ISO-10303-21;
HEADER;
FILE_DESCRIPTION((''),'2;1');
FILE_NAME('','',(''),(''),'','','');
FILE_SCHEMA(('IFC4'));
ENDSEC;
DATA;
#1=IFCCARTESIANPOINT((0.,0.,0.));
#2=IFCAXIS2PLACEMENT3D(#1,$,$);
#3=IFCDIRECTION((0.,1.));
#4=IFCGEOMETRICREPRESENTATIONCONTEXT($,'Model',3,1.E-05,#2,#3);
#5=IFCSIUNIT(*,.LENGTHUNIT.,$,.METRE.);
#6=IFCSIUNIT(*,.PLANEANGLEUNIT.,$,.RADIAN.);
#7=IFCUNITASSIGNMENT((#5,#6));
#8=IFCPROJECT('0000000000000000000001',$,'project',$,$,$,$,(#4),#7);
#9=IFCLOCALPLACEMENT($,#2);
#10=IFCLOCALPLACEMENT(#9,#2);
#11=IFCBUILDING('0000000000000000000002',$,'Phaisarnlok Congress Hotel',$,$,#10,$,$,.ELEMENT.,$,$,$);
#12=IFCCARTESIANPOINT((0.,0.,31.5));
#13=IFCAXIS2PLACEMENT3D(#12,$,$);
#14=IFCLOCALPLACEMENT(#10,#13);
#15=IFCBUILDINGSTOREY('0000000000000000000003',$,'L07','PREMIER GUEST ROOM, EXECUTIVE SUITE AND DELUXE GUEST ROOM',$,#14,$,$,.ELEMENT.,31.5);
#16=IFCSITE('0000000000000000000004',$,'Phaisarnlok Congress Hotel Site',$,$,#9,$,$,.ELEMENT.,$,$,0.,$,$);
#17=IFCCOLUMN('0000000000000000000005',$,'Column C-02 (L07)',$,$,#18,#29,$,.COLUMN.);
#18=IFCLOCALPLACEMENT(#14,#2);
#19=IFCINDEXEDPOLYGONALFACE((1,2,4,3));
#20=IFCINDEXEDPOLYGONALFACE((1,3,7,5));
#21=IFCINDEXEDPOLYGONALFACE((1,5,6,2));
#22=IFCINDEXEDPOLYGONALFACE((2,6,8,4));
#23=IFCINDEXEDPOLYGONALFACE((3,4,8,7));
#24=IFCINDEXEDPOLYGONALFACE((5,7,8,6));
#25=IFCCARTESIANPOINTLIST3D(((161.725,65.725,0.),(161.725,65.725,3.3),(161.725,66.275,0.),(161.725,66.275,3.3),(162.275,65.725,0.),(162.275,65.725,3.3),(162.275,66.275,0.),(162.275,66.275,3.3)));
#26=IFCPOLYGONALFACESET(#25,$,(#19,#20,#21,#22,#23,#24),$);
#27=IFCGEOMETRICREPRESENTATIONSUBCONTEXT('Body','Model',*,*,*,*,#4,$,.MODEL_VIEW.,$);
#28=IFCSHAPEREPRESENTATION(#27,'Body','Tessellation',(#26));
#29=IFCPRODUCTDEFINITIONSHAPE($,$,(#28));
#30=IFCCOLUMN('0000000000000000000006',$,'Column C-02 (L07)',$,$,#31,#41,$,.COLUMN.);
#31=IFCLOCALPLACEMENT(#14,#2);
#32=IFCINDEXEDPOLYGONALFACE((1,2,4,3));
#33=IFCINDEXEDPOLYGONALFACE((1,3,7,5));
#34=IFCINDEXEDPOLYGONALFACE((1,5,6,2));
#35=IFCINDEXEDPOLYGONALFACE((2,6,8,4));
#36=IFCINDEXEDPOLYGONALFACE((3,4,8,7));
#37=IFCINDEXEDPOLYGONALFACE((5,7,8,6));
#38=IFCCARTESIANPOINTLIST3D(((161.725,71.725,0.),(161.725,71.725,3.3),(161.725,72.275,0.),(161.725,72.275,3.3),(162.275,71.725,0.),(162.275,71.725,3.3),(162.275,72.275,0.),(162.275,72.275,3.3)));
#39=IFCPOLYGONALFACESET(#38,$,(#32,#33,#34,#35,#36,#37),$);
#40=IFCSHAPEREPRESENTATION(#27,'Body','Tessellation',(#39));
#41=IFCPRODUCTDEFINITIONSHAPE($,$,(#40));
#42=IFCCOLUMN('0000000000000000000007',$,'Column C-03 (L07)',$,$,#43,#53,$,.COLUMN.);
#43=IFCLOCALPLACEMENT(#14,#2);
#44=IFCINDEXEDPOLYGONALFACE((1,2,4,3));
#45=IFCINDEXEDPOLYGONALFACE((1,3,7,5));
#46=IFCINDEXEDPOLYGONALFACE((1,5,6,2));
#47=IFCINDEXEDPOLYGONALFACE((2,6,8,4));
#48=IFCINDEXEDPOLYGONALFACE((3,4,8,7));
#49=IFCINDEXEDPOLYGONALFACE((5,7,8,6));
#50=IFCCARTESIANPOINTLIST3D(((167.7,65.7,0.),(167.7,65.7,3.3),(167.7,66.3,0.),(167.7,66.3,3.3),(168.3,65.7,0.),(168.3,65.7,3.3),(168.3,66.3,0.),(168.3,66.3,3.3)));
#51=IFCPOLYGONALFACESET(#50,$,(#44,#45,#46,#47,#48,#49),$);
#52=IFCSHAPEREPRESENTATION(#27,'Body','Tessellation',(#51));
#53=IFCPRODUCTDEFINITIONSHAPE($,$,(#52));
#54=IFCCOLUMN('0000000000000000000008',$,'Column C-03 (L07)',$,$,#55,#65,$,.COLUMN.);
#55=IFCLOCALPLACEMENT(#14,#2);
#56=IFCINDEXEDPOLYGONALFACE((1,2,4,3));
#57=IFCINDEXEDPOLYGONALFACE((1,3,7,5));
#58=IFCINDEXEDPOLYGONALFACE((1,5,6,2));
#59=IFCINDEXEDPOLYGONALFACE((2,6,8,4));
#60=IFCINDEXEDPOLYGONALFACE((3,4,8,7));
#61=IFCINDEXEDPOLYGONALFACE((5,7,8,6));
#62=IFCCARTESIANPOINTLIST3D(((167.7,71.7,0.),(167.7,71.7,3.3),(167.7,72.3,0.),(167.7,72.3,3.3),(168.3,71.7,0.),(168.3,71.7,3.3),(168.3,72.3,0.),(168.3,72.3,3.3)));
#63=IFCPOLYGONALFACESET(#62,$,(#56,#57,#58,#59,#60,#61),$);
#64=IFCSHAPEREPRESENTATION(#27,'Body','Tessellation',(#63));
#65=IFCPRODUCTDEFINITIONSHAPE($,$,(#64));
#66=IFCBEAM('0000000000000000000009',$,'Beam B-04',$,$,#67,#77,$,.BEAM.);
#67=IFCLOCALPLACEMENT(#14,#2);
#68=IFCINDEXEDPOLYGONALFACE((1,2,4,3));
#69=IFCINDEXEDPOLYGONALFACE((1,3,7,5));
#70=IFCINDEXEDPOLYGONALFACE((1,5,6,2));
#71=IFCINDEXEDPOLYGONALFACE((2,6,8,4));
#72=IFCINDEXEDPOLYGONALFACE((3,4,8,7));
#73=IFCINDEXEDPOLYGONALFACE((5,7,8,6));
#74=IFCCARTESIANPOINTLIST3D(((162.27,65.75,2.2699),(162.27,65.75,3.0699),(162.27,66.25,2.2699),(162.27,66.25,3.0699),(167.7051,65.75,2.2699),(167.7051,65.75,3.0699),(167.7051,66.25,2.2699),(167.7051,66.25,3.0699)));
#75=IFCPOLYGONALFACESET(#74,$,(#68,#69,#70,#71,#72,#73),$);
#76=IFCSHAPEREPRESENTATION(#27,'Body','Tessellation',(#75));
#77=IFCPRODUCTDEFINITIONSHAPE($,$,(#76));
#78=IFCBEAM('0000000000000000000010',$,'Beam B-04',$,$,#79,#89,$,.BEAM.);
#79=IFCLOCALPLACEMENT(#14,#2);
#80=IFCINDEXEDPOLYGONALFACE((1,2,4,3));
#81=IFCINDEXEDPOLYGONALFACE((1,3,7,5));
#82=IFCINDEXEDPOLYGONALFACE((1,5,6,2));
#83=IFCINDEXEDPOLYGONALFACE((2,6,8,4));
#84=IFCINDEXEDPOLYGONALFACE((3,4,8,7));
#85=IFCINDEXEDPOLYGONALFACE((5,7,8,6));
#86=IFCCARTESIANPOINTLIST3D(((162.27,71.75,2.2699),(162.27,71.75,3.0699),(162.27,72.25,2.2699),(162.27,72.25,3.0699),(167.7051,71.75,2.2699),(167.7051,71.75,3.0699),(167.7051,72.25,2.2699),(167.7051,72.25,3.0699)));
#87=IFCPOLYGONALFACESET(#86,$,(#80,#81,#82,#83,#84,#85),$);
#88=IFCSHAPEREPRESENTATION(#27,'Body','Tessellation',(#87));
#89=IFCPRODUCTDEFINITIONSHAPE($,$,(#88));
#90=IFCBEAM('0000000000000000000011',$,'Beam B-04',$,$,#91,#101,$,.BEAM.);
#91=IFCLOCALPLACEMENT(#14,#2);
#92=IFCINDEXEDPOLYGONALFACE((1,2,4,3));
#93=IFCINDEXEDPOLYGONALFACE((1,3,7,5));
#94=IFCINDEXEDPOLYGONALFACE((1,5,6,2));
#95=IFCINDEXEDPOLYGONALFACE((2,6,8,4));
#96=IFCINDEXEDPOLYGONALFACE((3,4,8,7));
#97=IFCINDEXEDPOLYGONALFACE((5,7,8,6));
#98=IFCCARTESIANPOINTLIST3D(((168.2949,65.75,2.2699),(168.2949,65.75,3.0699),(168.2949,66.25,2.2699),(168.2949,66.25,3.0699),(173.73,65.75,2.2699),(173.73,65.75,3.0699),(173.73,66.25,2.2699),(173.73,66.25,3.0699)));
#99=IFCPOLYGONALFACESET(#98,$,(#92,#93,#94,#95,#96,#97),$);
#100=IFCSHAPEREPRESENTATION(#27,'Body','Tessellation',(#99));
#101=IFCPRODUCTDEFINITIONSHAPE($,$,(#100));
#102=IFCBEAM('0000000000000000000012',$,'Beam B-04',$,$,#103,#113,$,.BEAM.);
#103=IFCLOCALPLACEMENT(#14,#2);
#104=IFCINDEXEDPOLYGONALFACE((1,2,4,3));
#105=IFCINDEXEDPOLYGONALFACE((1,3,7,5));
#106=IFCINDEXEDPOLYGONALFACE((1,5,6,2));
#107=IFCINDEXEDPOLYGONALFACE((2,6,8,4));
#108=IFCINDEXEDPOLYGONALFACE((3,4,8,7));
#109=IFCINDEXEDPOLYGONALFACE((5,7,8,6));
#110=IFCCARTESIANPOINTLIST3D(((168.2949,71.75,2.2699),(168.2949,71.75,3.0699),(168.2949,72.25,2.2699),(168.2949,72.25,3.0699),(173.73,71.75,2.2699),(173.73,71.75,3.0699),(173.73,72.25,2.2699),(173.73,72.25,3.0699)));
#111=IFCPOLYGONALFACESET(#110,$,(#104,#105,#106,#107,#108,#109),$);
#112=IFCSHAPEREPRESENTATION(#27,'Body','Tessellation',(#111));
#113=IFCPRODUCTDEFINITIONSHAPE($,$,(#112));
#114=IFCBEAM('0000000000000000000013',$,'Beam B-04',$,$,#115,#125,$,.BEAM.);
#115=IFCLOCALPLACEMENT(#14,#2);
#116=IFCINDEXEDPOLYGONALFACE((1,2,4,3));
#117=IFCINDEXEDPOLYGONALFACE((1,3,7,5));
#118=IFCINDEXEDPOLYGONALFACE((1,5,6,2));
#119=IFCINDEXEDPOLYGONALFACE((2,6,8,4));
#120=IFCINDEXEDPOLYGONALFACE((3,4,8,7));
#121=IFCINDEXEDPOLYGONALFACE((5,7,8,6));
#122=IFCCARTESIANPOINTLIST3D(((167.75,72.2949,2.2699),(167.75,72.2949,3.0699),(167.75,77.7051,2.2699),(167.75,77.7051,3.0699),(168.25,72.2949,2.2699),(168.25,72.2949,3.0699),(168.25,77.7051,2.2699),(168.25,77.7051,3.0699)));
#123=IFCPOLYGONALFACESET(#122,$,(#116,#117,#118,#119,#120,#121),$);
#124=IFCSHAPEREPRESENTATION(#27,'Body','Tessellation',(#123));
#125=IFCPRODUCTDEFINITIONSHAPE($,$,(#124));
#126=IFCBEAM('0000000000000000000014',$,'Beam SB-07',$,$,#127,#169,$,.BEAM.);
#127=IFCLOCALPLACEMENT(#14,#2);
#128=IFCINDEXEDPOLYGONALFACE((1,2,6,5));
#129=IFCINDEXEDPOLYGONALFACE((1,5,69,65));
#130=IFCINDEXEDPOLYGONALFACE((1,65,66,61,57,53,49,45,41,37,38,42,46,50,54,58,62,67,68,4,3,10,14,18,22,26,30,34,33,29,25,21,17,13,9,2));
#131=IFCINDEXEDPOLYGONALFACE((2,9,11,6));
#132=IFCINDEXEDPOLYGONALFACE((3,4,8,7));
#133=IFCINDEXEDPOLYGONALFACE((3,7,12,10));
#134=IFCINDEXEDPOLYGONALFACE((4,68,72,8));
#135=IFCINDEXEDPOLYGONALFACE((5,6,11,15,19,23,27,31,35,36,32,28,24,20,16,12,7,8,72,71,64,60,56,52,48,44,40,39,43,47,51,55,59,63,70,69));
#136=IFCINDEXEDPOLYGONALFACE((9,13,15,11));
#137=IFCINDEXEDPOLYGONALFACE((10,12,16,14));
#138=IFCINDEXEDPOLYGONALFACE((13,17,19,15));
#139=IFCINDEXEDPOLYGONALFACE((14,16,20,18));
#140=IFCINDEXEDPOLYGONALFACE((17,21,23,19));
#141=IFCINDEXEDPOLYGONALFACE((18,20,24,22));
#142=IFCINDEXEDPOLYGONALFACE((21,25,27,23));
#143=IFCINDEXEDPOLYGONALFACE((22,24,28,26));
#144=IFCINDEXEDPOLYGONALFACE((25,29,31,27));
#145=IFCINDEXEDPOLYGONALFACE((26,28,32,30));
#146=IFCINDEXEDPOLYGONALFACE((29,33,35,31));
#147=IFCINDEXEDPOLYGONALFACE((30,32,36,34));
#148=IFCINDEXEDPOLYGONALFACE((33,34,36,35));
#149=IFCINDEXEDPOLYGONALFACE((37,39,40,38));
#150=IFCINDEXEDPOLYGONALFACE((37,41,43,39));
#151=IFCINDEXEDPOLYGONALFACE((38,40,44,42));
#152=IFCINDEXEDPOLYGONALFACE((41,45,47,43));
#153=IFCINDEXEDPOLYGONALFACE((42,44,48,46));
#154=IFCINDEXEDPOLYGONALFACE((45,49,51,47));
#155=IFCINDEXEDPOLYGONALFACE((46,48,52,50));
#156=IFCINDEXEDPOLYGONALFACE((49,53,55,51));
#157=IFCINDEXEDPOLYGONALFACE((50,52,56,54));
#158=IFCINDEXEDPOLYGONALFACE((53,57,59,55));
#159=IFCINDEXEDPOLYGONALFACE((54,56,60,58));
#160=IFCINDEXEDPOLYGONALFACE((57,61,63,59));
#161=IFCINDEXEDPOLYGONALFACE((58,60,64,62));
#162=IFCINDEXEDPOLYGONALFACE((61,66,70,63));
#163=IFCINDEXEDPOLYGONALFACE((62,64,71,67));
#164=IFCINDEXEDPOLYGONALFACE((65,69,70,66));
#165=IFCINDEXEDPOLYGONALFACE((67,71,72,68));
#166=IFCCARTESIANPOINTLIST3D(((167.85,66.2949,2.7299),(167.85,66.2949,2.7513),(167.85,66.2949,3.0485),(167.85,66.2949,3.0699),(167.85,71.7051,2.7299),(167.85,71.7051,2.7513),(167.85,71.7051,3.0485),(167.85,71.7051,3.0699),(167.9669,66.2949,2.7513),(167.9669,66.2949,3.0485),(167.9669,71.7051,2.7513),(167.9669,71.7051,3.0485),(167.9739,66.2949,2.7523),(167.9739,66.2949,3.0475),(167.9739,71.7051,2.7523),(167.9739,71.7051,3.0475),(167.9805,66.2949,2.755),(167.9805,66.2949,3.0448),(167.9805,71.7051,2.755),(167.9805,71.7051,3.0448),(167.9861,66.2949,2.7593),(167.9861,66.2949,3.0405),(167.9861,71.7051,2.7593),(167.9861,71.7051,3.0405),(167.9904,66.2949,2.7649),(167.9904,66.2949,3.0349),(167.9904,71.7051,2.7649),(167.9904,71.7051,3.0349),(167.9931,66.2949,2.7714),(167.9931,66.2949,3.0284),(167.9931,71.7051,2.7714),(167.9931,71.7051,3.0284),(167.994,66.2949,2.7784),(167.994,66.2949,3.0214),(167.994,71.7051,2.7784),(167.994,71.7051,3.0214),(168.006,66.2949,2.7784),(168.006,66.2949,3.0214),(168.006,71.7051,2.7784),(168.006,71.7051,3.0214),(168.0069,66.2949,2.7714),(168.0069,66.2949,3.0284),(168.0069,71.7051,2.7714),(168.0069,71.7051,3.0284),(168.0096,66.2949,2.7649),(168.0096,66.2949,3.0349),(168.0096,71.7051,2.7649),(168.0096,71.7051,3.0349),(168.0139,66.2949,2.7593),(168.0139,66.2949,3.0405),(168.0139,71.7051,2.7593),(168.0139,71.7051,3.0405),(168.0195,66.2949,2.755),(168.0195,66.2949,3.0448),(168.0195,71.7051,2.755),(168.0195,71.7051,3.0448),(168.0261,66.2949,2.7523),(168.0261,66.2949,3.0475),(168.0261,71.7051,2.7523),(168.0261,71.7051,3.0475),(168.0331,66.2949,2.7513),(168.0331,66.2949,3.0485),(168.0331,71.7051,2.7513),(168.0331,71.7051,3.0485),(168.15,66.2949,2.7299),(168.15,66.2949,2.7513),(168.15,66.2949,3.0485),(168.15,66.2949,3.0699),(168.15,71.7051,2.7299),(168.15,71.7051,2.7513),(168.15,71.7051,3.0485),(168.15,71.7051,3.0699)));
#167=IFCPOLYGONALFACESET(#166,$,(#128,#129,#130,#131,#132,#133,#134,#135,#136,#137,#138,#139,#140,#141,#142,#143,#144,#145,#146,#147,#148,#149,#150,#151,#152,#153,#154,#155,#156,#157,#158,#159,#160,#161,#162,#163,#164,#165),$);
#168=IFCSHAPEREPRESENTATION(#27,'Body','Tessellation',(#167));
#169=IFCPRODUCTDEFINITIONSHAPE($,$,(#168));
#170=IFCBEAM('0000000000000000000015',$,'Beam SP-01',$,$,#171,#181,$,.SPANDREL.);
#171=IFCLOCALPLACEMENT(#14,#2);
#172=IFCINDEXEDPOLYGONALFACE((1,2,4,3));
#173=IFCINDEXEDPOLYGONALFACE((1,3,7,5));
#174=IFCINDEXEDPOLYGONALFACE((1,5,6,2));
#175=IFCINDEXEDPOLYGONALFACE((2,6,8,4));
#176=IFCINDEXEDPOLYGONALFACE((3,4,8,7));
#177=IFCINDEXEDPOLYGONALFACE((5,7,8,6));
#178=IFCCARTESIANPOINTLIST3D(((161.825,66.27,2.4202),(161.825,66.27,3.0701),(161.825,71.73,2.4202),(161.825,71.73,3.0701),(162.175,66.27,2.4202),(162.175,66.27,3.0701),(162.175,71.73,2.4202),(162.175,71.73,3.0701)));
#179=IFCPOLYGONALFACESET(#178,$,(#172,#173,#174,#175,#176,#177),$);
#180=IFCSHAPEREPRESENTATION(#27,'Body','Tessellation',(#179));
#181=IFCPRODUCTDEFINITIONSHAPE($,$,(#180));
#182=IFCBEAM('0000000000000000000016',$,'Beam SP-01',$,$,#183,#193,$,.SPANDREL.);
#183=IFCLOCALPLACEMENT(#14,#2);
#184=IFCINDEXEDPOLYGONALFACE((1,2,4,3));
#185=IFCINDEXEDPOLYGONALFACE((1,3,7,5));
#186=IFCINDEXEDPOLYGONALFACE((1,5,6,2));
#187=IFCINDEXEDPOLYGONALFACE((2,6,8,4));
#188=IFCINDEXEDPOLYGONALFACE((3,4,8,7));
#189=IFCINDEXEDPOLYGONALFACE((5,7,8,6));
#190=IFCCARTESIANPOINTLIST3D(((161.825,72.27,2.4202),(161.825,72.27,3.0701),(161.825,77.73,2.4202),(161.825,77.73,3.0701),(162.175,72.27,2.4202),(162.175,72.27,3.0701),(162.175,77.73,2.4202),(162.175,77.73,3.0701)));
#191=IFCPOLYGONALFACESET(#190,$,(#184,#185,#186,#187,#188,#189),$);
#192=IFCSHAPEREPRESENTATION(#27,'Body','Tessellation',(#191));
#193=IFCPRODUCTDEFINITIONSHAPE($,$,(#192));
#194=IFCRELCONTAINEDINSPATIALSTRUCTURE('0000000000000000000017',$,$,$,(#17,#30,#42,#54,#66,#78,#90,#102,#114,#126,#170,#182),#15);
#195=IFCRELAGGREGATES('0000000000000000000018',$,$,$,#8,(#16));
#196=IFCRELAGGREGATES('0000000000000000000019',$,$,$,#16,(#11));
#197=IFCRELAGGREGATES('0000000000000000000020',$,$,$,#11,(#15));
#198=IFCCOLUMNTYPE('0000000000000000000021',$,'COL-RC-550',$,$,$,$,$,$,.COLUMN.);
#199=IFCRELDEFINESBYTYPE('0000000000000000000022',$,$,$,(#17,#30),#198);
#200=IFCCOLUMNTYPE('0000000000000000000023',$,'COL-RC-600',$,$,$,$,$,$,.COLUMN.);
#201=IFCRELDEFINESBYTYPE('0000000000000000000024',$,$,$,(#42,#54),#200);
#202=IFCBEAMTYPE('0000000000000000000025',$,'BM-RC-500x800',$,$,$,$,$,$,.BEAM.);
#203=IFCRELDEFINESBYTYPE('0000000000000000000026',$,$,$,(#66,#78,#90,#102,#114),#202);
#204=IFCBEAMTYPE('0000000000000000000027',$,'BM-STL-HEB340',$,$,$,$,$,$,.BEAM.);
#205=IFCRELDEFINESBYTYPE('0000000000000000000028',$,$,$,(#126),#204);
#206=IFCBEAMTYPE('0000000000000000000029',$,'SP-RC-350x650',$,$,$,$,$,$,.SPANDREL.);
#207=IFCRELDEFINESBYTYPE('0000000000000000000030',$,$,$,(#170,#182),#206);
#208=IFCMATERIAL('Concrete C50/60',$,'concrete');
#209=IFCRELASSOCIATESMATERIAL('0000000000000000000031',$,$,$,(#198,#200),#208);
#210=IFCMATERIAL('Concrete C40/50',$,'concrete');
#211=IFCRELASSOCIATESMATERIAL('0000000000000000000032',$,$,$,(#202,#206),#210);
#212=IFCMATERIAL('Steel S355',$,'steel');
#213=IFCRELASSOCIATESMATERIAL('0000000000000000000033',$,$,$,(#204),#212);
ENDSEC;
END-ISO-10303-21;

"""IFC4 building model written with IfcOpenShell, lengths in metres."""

from ifc_helpers import new_model, si_unit, direction, frame, origin, origin_2d, place, context, subcontext, project, spatial, rectangle, i_section, extrude, material, material_profile, profile_set, type_object, element, save


model = new_model("IFC4")

# Units and contexts
model_context = context("Model", 3, precision=1e-05, world=origin(), true_north=direction((0.0, 1.0)))
body_context = subcontext(model_context, "Body", "Model", "MODEL_VIEW")
ifc_project = project(units=[si_unit("LENGTHUNIT", "METRE"), si_unit("PLANEANGLEUNIT", "RADIAN")], contexts=[model_context])

# Site, building, storey
site_placement = place(None, origin())
site = spatial("IfcSite", under=ifc_project, at=site_placement, Name="Phaisarnlok Congress Hotel Site", CompositionType="ELEMENT", RefElevation=0.0)
building_placement = place(site_placement, origin())
building = spatial("IfcBuilding", under=site, at=building_placement, Name="Phaisarnlok Congress Hotel", CompositionType="ELEMENT")
storey_placement = place(building_placement, frame((0.0, 0.0, 31.5)))
storey = spatial("IfcBuildingStorey", under=building, at=storey_placement, Name="L07", Description="PREMIER GUEST ROOM, EXECUTIVE SUITE AND DELUXE GUEST ROOM", CompositionType="ELEMENT", Elevation=31.5)

# Columns
ifc_material_1 = material(Name="Concrete C50/60", Category="concrete")
ifc_material_profile_1 = material_profile(ifc_material_1, rectangle(XDim=0.55, YDim=0.55, at=origin_2d()), Name="RC 550x550")
ifc_profile_set_1 = profile_set([ifc_material_profile_1], Name="Concrete C50/60")
column_type_1 = type_object("IfcColumnType", Name="COL-RC-550", PredefinedType="COLUMN", material=ifc_profile_set_1)
for number, where, z_axis, x_axis, name in (
    (1, (162.0, 66.0, 0.0), (0.0, 0.0, 1.0), (1.0, 0.0, 0.0), "Column C-02 (L07)"),
    (2, (162.0, 72.0, 0.0), (0.0, 0.0, 1.0), (1.0, 0.0, 0.0), "Column C-02 (L07)"),
):
    element("IfcColumn", number, at=place(storey_placement, frame(where, z_axis=z_axis, x_axis=x_axis)), inside=storey, type_object=column_type_1, Name=name, PredefinedType="COLUMN", context=body_context, shape_type="SweptSolid", body=[
        extrude(rectangle(XDim=0.55, YDim=0.55, at=origin_2d()), origin(), (0.0, 0.0, 1.0), 3.3),
    ])
ifc_material_profile_2 = material_profile(ifc_material_1, rectangle(XDim=0.6001, YDim=0.6001, at=origin_2d()), Name="RC 600x600")
ifc_profile_set_2 = profile_set([ifc_material_profile_2], Name="Concrete C50/60")
column_type_2 = type_object("IfcColumnType", Name="COL-RC-600", PredefinedType="COLUMN", material=ifc_profile_set_2)
for number, where, z_axis, x_axis, name in (
    (3, (168.0, 66.0, 0.0), (0.0, 0.0, 1.0), (1.0, 0.0, 0.0), "Column C-03 (L07)"),
    (4, (168.0, 72.0, 0.0), (0.0, 0.0, 1.0), (1.0, 0.0, 0.0), "Column C-03 (L07)"),
):
    element("IfcColumn", number, at=place(storey_placement, frame(where, z_axis=z_axis, x_axis=x_axis)), inside=storey, type_object=column_type_2, Name=name, PredefinedType="COLUMN", context=body_context, shape_type="SweptSolid", body=[
        extrude(rectangle(XDim=0.6001, YDim=0.6001, at=origin_2d()), origin(), (0.0, 0.0, 1.0), 3.3),
    ])

# Beams
ifc_material_2 = material(Name="Concrete C40/50", Category="concrete")
ifc_material_profile_3 = material_profile(ifc_material_2, rectangle(XDim=0.5, YDim=0.8, at=origin_2d()), Name="RC 500x800")
ifc_profile_set_3 = profile_set([ifc_material_profile_3], Name="Concrete C40/50")
beam_type_1 = type_object("IfcBeamType", Name="BM-RC-500x800", PredefinedType="BEAM", material=ifc_profile_set_3)
for number, where, z_axis, x_axis, name in (
    (5, (162.27, 66.0, 2.6699), (1.0, 0.0, 0.0), (0.0, 1.0, 0.0), "Beam B-04"),
    (6, (162.27, 72.0, 2.6699), (1.0, 0.0, 0.0), (0.0, 1.0, 0.0), "Beam B-04"),
    (7, (168.2949, 66.0, 2.6699), (1.0, 0.0, 0.0), (0.0, 1.0, 0.0), "Beam B-04"),
    (8, (168.2949, 72.0, 2.6699), (1.0, 0.0, 0.0), (0.0, 1.0, 0.0), "Beam B-04"),
):
    element("IfcBeam", number, at=place(storey_placement, frame(where, z_axis=z_axis, x_axis=x_axis)), inside=storey, type_object=beam_type_1, Name=name, PredefinedType="BEAM", context=body_context, shape_type="SweptSolid", body=[
        extrude(rectangle(XDim=0.5, YDim=0.8, at=origin_2d()), origin(), (0.0, 0.0, 1.0), 5.4351),
    ])
beam_1_placement = place(storey_placement, frame((168.0, 72.2949, 2.6699), z_axis=(0.0, 1.0, 0.0), x_axis=(-1.0, 0.0, 0.0)))
element("IfcBeam", 9, at=beam_1_placement, inside=storey, type_object=beam_type_1, Name="Beam B-04", PredefinedType="BEAM", context=body_context, shape_type="SweptSolid", body=[
    extrude(rectangle(XDim=0.5, YDim=0.8, at=origin_2d()), origin(), (0.0, 0.0, 1.0), 5.4102),
])
ifc_material_3 = material(Name="Steel S355", Category="steel")
ifc_material_profile_4 = material_profile(ifc_material_3, i_section(OverallWidth=0.3, OverallDepth=0.3401, WebThickness=0.012, FlangeThickness=0.0215, FilletRadius=0.0271, at=origin_2d()), Name="HEB 340")
ifc_profile_set_4 = profile_set([ifc_material_profile_4], Name="Steel S355")
beam_type_2 = type_object("IfcBeamType", Name="BM-STL-HEB340", PredefinedType="BEAM", material=ifc_profile_set_4)
beam_2_placement = place(storey_placement, frame((168.0, 66.2949, 2.8999), z_axis=(0.0, 1.0, 0.0), x_axis=(-1.0, 0.0, 0.0)))
element("IfcBeam", 10, at=beam_2_placement, inside=storey, type_object=beam_type_2, Name="Beam SB-07", PredefinedType="BEAM", context=body_context, shape_type="SweptSolid", body=[
    extrude(i_section(OverallWidth=0.3, OverallDepth=0.3401, WebThickness=0.012, FlangeThickness=0.0215, FilletRadius=0.0271, at=origin_2d()), origin(), (0.0, 0.0, 1.0), 5.4102),
])
ifc_material_profile_5 = material_profile(ifc_material_2, rectangle(XDim=0.3501, YDim=0.6499, at=origin_2d()), Name="RC 350x650")
ifc_profile_set_5 = profile_set([ifc_material_profile_5], Name="Concrete C40/50")
beam_type_3 = type_object("IfcBeamType", Name="SP-RC-350x650", PredefinedType="SPANDREL", material=ifc_profile_set_5)
for number, where, z_axis, x_axis, name in (
    (11, (162.0, 66.27, 2.7451), (0.0, 1.0, 0.0), (-1.0, 0.0, 0.0), "Beam SP-01"),
    (12, (162.0, 72.27, 2.7451), (0.0, 1.0, 0.0), (-1.0, 0.0, 0.0), "Beam SP-01"),
):
    element("IfcBeam", number, at=place(storey_placement, frame(where, z_axis=z_axis, x_axis=x_axis)), inside=storey, type_object=beam_type_3, Name=name, PredefinedType="SPANDREL", context=body_context, shape_type="SweptSolid", body=[
        extrude(rectangle(XDim=0.3501, YDim=0.6499, at=origin_2d()), origin(), (0.0, 0.0, 1.0), 5.46),
    ])

save(model, "model.ifc")
